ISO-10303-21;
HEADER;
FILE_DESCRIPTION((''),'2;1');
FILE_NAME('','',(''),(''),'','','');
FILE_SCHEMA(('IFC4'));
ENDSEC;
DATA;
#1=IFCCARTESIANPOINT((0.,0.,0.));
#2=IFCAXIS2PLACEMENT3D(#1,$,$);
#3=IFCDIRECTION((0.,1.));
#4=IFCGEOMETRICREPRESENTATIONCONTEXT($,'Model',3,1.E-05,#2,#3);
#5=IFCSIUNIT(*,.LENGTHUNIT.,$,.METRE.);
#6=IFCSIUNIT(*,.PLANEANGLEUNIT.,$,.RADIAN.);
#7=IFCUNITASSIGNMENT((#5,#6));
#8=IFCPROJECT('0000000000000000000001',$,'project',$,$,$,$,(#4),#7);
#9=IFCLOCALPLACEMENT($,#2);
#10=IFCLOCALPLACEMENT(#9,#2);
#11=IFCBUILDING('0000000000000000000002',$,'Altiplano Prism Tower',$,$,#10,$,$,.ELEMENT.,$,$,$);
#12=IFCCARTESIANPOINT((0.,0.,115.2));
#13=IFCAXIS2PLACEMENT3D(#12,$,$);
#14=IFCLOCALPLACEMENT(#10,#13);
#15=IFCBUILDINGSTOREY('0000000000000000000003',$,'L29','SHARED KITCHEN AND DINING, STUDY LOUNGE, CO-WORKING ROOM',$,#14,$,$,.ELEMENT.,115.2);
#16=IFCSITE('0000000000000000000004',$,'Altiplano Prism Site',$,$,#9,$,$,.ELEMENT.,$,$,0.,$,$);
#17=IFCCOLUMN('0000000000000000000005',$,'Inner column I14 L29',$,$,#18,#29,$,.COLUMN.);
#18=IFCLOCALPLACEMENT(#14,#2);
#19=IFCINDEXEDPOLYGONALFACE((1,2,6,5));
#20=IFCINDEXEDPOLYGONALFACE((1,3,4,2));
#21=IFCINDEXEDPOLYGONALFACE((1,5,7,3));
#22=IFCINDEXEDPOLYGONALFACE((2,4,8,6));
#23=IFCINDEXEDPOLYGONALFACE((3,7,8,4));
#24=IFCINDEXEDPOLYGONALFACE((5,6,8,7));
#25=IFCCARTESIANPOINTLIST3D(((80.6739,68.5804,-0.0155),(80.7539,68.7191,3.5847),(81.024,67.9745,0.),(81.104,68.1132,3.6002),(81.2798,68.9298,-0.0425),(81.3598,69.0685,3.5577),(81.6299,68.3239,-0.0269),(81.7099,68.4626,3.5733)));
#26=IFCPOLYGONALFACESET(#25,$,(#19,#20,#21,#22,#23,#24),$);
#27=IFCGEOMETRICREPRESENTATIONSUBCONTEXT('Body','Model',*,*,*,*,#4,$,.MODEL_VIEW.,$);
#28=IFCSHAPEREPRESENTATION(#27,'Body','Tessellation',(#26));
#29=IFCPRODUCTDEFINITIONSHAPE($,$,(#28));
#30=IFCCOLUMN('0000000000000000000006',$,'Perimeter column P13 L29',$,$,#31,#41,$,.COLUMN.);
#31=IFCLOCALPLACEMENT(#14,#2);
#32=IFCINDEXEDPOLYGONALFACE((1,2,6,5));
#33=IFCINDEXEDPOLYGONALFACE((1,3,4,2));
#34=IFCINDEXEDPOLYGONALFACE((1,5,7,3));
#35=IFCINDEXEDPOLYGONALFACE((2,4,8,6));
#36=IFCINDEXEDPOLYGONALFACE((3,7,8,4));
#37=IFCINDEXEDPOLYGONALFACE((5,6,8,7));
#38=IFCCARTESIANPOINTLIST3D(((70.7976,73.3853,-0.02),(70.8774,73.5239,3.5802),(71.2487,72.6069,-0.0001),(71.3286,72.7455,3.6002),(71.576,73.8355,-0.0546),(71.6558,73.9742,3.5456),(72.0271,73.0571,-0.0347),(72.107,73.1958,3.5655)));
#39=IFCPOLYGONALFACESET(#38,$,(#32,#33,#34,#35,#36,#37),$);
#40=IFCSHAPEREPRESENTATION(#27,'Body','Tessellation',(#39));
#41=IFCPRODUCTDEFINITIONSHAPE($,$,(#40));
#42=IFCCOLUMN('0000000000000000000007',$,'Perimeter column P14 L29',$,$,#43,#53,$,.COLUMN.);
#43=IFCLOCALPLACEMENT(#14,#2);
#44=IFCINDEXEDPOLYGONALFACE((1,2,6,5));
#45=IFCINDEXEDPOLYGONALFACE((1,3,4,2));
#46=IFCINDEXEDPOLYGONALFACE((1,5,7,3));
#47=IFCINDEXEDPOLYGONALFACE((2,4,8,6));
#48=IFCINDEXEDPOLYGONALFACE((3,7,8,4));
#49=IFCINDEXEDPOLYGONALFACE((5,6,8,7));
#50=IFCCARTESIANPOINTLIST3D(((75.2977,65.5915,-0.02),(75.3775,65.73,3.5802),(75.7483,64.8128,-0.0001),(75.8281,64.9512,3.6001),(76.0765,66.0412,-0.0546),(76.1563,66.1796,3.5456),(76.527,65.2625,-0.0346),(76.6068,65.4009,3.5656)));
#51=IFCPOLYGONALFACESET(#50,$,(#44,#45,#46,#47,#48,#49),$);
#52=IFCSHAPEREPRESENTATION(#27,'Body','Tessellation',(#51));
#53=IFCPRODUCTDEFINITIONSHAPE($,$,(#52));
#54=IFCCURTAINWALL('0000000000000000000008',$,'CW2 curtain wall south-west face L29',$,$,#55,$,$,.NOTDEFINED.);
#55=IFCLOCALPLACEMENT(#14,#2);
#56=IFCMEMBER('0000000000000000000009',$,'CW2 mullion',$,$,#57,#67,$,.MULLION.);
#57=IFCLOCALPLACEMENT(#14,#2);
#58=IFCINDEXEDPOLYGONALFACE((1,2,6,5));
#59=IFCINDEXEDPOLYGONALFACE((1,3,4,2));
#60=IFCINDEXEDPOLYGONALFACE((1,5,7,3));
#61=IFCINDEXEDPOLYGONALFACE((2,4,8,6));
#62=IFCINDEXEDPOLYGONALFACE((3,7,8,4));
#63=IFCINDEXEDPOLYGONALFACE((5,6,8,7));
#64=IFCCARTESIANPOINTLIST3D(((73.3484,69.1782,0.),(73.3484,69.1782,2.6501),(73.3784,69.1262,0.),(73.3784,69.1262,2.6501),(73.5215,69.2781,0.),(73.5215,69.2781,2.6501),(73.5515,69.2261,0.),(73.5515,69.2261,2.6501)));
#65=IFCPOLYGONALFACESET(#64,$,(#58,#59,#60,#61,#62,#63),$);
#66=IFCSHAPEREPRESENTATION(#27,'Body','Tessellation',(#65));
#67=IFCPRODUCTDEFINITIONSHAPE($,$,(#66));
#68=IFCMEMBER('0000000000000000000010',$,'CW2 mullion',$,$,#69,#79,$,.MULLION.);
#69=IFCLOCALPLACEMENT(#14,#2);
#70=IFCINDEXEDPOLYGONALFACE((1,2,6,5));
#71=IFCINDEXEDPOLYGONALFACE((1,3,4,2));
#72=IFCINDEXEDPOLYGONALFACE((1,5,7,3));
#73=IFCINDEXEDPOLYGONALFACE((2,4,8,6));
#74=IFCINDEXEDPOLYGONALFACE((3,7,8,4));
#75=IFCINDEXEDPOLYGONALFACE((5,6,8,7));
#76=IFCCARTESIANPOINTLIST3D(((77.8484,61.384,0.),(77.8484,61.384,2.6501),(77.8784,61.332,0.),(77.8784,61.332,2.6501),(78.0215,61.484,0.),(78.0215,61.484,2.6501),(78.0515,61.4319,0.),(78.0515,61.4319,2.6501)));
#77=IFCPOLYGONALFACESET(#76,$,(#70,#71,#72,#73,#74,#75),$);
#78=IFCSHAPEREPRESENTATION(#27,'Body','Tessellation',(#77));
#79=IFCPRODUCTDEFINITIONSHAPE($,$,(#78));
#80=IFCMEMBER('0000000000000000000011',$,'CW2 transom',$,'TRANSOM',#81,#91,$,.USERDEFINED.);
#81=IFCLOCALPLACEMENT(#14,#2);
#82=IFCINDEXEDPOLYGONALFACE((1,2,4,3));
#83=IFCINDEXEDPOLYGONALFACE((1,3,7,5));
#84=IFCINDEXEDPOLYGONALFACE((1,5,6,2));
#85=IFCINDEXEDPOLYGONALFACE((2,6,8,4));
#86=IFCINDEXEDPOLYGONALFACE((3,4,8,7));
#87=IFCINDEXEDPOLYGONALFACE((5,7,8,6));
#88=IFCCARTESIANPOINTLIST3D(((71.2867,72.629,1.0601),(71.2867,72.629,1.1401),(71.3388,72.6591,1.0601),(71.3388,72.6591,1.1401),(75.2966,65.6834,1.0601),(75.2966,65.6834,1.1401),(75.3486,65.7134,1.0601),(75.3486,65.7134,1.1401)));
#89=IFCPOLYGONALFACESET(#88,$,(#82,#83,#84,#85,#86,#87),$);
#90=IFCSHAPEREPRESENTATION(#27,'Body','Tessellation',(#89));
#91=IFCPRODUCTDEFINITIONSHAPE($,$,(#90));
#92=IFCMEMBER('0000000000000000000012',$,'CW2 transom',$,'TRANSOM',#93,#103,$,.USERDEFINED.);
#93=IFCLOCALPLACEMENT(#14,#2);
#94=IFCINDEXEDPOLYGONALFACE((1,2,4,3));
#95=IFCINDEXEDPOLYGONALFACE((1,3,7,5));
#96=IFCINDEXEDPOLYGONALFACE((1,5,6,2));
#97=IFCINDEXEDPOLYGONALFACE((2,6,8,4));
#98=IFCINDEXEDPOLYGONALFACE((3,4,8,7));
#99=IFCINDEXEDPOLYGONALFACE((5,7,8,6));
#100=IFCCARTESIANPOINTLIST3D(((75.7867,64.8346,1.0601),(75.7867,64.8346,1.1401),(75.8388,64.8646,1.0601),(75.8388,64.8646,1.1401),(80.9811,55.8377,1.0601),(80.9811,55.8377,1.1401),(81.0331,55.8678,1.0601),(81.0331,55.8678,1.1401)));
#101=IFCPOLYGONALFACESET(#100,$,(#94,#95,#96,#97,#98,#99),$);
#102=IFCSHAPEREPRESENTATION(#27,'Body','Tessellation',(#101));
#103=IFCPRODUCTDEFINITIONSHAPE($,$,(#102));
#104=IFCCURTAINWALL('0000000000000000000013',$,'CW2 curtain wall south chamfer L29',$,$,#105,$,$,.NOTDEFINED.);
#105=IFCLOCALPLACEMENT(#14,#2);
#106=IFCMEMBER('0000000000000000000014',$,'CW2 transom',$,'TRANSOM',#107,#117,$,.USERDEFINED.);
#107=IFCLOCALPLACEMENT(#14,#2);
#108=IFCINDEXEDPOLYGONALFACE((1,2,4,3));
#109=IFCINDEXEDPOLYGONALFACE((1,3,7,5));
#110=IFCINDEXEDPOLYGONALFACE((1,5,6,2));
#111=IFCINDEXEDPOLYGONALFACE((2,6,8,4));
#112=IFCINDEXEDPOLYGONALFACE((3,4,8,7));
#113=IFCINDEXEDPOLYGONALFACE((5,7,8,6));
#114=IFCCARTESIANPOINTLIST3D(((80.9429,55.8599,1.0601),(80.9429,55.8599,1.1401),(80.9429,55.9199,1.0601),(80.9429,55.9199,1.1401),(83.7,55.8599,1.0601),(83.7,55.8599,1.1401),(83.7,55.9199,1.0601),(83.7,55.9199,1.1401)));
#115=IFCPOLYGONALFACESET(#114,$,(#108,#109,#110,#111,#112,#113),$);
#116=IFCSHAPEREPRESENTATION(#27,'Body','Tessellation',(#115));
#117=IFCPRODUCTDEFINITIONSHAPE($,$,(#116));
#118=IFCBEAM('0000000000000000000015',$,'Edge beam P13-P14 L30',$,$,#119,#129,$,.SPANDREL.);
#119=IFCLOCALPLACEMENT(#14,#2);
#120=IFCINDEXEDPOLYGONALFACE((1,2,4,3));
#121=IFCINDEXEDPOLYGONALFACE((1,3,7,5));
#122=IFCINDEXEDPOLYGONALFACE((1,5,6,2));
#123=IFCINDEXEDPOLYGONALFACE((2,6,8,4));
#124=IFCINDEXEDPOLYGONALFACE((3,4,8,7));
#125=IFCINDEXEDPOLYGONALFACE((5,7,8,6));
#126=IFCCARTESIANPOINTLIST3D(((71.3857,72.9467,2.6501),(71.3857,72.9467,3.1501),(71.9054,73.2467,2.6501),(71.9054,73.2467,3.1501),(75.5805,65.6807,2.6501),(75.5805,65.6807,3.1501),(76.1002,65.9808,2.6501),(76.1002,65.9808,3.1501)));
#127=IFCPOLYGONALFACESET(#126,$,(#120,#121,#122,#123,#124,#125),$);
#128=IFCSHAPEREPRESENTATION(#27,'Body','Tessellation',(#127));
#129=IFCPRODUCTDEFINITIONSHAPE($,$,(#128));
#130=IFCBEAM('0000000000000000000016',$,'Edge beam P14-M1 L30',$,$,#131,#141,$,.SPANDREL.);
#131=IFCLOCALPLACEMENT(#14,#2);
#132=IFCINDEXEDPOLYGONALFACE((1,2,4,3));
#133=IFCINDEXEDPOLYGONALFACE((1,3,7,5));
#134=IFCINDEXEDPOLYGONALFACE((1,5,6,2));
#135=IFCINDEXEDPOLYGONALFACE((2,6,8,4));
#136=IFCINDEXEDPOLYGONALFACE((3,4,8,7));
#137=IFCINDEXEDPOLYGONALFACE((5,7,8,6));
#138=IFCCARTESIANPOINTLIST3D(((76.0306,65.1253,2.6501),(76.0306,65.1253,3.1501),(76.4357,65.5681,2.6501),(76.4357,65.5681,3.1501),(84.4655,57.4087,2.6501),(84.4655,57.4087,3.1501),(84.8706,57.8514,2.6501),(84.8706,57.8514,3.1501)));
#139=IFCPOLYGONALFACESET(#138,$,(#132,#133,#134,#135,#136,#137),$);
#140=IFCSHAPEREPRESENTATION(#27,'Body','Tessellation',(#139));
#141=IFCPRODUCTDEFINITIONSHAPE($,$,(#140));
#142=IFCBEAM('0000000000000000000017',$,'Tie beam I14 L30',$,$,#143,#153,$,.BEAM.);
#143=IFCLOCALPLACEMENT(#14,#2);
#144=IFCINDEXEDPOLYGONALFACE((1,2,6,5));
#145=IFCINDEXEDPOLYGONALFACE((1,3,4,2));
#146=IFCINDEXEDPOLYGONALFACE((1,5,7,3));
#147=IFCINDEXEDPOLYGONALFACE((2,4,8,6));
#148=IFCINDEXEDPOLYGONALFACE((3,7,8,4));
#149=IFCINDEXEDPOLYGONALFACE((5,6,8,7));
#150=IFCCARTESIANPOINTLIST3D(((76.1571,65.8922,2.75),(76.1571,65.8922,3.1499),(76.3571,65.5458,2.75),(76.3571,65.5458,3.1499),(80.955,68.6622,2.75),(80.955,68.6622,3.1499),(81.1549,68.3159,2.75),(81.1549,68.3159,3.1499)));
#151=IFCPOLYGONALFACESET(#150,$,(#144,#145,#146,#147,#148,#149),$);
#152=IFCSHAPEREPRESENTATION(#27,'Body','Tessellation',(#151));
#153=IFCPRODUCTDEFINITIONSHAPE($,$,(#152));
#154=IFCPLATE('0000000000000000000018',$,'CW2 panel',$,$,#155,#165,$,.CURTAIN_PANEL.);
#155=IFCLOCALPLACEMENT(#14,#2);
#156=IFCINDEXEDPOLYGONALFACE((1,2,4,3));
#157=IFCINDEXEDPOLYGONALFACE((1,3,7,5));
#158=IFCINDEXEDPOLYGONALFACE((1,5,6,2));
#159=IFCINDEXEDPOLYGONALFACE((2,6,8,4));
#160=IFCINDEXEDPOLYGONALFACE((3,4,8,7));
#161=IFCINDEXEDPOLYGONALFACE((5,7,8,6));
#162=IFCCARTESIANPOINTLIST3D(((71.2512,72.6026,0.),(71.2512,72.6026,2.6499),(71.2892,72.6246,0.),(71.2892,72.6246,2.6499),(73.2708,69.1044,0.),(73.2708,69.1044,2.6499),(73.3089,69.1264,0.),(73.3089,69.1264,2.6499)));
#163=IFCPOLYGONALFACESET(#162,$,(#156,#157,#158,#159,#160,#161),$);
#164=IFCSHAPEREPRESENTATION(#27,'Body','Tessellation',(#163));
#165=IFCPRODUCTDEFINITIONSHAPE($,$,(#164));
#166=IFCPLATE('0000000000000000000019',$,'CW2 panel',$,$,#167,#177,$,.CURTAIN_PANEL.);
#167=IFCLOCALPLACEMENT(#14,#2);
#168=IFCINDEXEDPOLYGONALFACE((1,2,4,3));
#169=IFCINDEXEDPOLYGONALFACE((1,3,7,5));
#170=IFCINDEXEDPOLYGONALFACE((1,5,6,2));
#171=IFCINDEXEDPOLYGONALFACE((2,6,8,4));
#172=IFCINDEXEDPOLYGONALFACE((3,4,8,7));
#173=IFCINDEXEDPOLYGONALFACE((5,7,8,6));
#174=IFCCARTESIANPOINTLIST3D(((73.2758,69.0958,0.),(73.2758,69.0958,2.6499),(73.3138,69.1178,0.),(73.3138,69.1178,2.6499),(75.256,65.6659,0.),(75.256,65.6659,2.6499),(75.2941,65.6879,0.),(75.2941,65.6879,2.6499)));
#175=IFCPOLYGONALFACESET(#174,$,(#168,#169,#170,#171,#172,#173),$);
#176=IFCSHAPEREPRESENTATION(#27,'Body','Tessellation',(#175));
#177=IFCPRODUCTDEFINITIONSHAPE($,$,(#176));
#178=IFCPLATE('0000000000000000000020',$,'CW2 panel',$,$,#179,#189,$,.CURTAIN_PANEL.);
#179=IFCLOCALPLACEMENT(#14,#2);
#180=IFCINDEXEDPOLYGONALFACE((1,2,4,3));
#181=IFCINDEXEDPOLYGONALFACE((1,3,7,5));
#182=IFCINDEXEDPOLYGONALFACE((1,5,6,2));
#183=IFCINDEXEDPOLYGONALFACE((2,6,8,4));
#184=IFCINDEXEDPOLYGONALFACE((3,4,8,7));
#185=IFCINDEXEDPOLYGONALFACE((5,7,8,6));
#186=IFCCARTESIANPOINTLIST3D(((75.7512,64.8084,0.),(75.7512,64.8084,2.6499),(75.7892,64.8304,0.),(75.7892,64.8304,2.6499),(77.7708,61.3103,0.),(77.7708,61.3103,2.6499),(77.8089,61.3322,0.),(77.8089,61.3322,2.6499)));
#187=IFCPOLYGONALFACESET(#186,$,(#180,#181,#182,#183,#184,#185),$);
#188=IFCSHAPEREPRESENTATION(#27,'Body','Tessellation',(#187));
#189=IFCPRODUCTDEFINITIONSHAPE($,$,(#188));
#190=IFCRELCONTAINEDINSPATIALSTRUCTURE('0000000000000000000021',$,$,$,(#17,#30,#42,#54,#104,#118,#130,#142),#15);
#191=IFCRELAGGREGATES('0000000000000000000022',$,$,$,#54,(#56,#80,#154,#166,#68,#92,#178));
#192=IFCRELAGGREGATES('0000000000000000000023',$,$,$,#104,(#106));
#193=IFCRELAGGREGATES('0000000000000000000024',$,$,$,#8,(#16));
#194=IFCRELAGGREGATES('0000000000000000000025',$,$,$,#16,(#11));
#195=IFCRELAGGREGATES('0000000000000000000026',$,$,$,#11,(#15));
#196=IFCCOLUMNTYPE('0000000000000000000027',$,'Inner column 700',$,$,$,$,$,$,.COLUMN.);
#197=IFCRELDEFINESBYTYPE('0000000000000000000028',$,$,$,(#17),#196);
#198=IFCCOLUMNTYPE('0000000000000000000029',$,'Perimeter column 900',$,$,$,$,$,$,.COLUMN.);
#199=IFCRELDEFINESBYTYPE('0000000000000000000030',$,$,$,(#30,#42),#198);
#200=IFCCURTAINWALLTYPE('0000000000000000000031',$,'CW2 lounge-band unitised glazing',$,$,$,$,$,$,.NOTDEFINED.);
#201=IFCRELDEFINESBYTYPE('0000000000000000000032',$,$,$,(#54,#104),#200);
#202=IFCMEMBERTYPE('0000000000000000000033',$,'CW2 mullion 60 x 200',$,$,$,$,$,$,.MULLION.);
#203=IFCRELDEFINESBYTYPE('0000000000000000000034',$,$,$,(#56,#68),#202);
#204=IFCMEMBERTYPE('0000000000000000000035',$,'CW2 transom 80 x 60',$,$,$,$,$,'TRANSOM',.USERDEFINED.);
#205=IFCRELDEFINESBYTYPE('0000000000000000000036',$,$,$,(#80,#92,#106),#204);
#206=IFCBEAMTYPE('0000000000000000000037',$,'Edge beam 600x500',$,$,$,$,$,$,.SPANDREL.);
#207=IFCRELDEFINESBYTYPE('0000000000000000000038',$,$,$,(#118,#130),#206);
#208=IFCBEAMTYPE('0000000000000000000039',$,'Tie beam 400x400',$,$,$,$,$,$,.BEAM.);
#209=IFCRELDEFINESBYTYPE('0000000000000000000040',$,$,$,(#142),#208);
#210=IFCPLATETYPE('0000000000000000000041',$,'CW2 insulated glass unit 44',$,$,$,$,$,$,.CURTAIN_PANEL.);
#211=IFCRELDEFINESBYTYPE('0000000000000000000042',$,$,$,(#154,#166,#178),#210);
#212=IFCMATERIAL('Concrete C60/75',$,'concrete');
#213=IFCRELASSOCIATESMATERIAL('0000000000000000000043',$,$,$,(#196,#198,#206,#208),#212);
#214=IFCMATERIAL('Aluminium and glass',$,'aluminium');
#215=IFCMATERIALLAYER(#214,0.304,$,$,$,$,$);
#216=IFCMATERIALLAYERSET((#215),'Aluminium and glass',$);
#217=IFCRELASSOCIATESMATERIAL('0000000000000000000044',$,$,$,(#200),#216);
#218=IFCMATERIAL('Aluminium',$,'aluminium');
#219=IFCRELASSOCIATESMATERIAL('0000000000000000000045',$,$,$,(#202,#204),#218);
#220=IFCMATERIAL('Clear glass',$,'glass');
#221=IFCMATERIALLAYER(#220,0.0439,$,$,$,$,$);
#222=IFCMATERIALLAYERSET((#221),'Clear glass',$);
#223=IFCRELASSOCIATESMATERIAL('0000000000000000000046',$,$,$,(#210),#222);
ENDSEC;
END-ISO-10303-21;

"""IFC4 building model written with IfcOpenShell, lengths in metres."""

from ifc_helpers import new_model, si_unit, direction, frame, origin, origin_2d, place, context, subcontext, project, spatial, rectangle, extrude, material, layer, layer_set, material_profile, profile_set, type_object, element, aggregate, save


model = new_model("IFC4")

# Units and contexts
model_context = context("Model", 3, precision=1e-05, world=origin(), true_north=direction((0.0, 1.0)))
body_context = subcontext(model_context, "Body", "Model", "MODEL_VIEW")
ifc_project = project(units=[si_unit("LENGTHUNIT", "METRE"), si_unit("PLANEANGLEUNIT", "RADIAN")], contexts=[model_context])

# Site, building, storey
site_placement = place(None, origin())
site = spatial("IfcSite", under=ifc_project, at=site_placement, Name="Altiplano Prism Site", CompositionType="ELEMENT", RefElevation=0.0)
building_placement = place(site_placement, origin())
building = spatial("IfcBuilding", under=site, at=building_placement, Name="Altiplano Prism Tower", CompositionType="ELEMENT")
storey_placement = place(building_placement, frame((0.0, 0.0, 115.2)))
storey = spatial("IfcBuildingStorey", under=building, at=storey_placement, Name="L29", Description="SHARED KITCHEN AND DINING, STUDY LOUNGE, CO-WORKING ROOM", CompositionType="ELEMENT", Elevation=115.2)

# Columns
ifc_material_1 = material(Name="Concrete C60/75", Category="concrete")
ifc_material_profile_1 = material_profile(ifc_material_1, rectangle(XDim=0.7, YDim=0.7, at=origin_2d()), Name="Inner column 700")
ifc_profile_set_1 = profile_set([ifc_material_profile_1], Name="Concrete C60/75")
column_type_1 = type_object("IfcColumnType", Name="Inner column 700", PredefinedType="COLUMN", material=ifc_profile_set_1)
column_placement = place(storey_placement, frame((81.1519, 68.4521, -0.0212), z_axis=(0.022221, 0.038481, 0.999012), x_axis=(-0.865639, -0.499187, 0.038483)))
element("IfcColumn", 1, at=column_placement, inside=storey, type_object=column_type_1, Name="Inner column I14 L29", PredefinedType="COLUMN", context=body_context, shape_type="SweptSolid", body=[
    extrude(rectangle(XDim=0.7, YDim=0.7, at=origin_2d()), origin(), (0.0, 0.0, 1.0), 3.6038),
])
ifc_material_profile_2 = material_profile(ifc_material_1, rectangle(XDim=0.8999, YDim=0.8999, at=origin_2d()), Name="Perimeter column 900")
ifc_profile_set_2 = profile_set([ifc_material_profile_2], Name="Concrete C60/75")
column_type_2 = type_object("IfcColumnType", Name="Perimeter column 900", PredefinedType="COLUMN", material=ifc_profile_set_2)
for number, where, z_axis, x_axis, name in (
    (2, (71.4124, 73.2212, -0.0273), (0.022154, 0.038481, 0.999014), (-0.86498, -0.500331, 0.038454), "Perimeter column P13 L29"),
    (3, (75.9124, 65.427, -0.0273), (0.022154, 0.038413, 0.999016), (-0.865362, -0.499674, 0.038403), "Perimeter column P14 L29"),
):
    element("IfcColumn", number, at=place(storey_placement, frame(where, z_axis=z_axis, x_axis=x_axis)), inside=storey, type_object=column_type_2, Name=name, PredefinedType="COLUMN", context=body_context, shape_type="SweptSolid", body=[
        extrude(rectangle(XDim=0.8999, YDim=0.8999, at=origin_2d()), origin(), (0.0, 0.0, 1.0), 3.6038),
    ])

# Curtain wall, members
ifc_material_2 = material(Name="Aluminium and glass", Category="aluminium")
ifc_layer_1 = layer(ifc_material_2, 0.304)
ifc_layer_set_1 = layer_set([ifc_layer_1], Name="Aluminium and glass")
curtain_wall_type = type_object("IfcCurtainWallType", Name="CW2 lounge-band unitised glazing", PredefinedType="NOTDEFINED", material=ifc_layer_set_1)
curtain_wall_1_placement = place(storey_placement, origin())
curtain_wall_1 = element("IfcCurtainWall", 4, at=curtain_wall_1_placement, inside=storey, type_object=curtain_wall_type, Name="CW2 curtain wall south-west face L29", PredefinedType="NOTDEFINED")
ifc_material_3 = material(Name="Aluminium", Category="aluminium")
ifc_material_profile_3 = material_profile(ifc_material_3, rectangle(XDim=0.2, YDim=0.0601, at=origin_2d()), Name="CW2 mullion 60 x 200")
ifc_profile_set_3 = profile_set([ifc_material_profile_3], Name="Aluminium")
member_type_1 = type_object("IfcMemberType", Name="CW2 mullion 60 x 200", PredefinedType="MULLION", material=ifc_profile_set_3)
member_1_placement = place(storey_placement, frame((73.45, 69.2021, 0.0), z_axis=(0.0, 0.0, 1.0), x_axis=(0.866025, 0.5, 0.0)))
member_1 = element("IfcMember", 5, at=member_1_placement, type_object=member_type_1, Name="CW2 mullion", PredefinedType="MULLION", context=body_context, shape_type="SweptSolid", body=[
    extrude(rectangle(XDim=0.2, YDim=0.0601, at=origin_2d()), origin(), (0.0, 0.0, 1.0), 2.6501),
])
member_2_placement = place(storey_placement, frame((77.95, 61.408, 0.0), z_axis=(0.0, 0.0, 1.0), x_axis=(0.866025, 0.5, 0.0)))
member_2 = element("IfcMember", 6, at=member_2_placement, type_object=member_type_1, Name="CW2 mullion", PredefinedType="MULLION", context=body_context, shape_type="SweptSolid", body=[
    extrude(rectangle(XDim=0.2, YDim=0.0601, at=origin_2d()), origin(), (0.0, 0.0, 1.0), 2.6501),
])
ifc_material_profile_4 = material_profile(ifc_material_3, rectangle(XDim=0.0601, YDim=0.0801, at=origin_2d()), Name="CW2 transom 80 x 60")
ifc_profile_set_4 = profile_set([ifc_material_profile_4], Name="Aluminium")
member_type_2 = type_object("IfcMemberType", Name="CW2 transom 80 x 60", ElementType="TRANSOM", PredefinedType="USERDEFINED", material=ifc_profile_set_4)
member_3_placement = place(storey_placement, frame((71.3127, 72.644, 1.1001), z_axis=(0.499976, -0.866039, 0.0), x_axis=(0.866039, 0.499976, 0.0)))
member_3 = element("IfcMember", 7, at=member_3_placement, type_object=member_type_2, Name="CW2 transom", ObjectType="TRANSOM", PredefinedType="USERDEFINED", context=body_context, shape_type="SweptSolid", body=[
    extrude(rectangle(XDim=0.0601, YDim=0.0801, at=origin_2d()), origin(), (0.0, 0.0, 1.0), 8.02),
])
member_4_placement = place(storey_placement, frame((75.8127, 64.8496, 1.1001), z_axis=(0.500001, -0.866025, 0.0), x_axis=(0.866025, 0.500001, 0.0)))
member_4 = element("IfcMember", 8, at=member_4_placement, type_object=member_type_2, Name="CW2 transom", ObjectType="TRANSOM", PredefinedType="USERDEFINED", context=body_context, shape_type="SweptSolid", body=[
    extrude(rectangle(XDim=0.0601, YDim=0.0801, at=origin_2d()), origin(), (0.0, 0.0, 1.0), 10.3887),
])

# Curtain wall, member
curtain_wall_2_placement = place(storey_placement, origin())
curtain_wall_2 = element("IfcCurtainWall", 9, at=curtain_wall_2_placement, inside=storey, type_object=curtain_wall_type, Name="CW2 curtain wall south chamfer L29", PredefinedType="NOTDEFINED")
member_5_placement = place(storey_placement, frame((80.9429, 55.8899, 1.1001), z_axis=(1.0, 0.0, 0.0), x_axis=(0.0, 1.0, 0.0)))
member_5 = element("IfcMember", 10, at=member_5_placement, type_object=member_type_2, Name="CW2 transom", ObjectType="TRANSOM", PredefinedType="USERDEFINED", context=body_context, shape_type="SweptSolid", body=[
    extrude(rectangle(XDim=0.0601, YDim=0.0801, at=origin_2d()), origin(), (0.0, 0.0, 1.0), 2.7571),
])

# Beams
ifc_material_profile_5 = material_profile(ifc_material_1, rectangle(XDim=0.6001, YDim=0.5, at=origin_2d()), Name="Edge beam 600x500")
ifc_profile_set_5 = profile_set([ifc_material_profile_5], Name="Concrete C60/75")
beam_type_1 = type_object("IfcBeamType", Name="Edge beam 600x500", PredefinedType="SPANDREL", material=ifc_profile_set_5)
beam_1_placement = place(storey_placement, frame((71.6455, 73.0967, 2.9001), z_axis=(0.499989, -0.866032, 0.0), x_axis=(0.866032, 0.499989, 0.0)))
element("IfcBeam", 11, at=beam_1_placement, inside=storey, type_object=beam_type_1, Name="Edge beam P13-P14 L30", PredefinedType="SPANDREL", context=body_context, shape_type="SweptSolid", body=[
    extrude(rectangle(XDim=0.6001, YDim=0.5, at=origin_2d()), origin(), (0.0, 0.0, 1.0), 8.3899),
])
beam_2_placement = place(storey_placement, frame((76.2332, 65.3467, 2.9001), z_axis=(0.737823, -0.674994, 0.0), x_axis=(0.674994, 0.737823, 0.0)))
element("IfcBeam", 12, at=beam_2_placement, inside=storey, type_object=beam_type_1, Name="Edge beam P14-M1 L30", PredefinedType="SPANDREL", context=body_context, shape_type="SweptSolid", body=[
    extrude(rectangle(XDim=0.6001, YDim=0.5, at=origin_2d()), origin(), (0.0, 0.0, 1.0), 11.4321),
])
ifc_material_profile_6 = material_profile(ifc_material_1, rectangle(XDim=0.3999, YDim=0.3999, at=origin_2d()), Name="Tie beam 400x400")
ifc_profile_set_6 = profile_set([ifc_material_profile_6], Name="Concrete C60/75")
beam_type_2 = type_object("IfcBeamType", Name="Tie beam 400x400", PredefinedType="BEAM", material=ifc_profile_set_6)
beam_3_placement = place(storey_placement, frame((81.0549, 68.489, 2.95), z_axis=(-0.866027, -0.499997, 0.0), x_axis=(0.499997, -0.866027, 0.0)))
element("IfcBeam", 13, at=beam_3_placement, inside=storey, type_object=beam_type_2, Name="Tie beam I14 L30", PredefinedType="BEAM", context=body_context, shape_type="SweptSolid", body=[
    extrude(rectangle(XDim=0.3999, YDim=0.3999, at=origin_2d()), origin(), (0.0, 0.0, 1.0), 5.54),
])

# Plates
ifc_material_4 = material(Name="Clear glass", Category="glass")
ifc_layer_2 = layer(ifc_material_4, 0.0439)
ifc_layer_set_2 = layer_set([ifc_layer_2], Name="Clear glass")
plate_type = type_object("IfcPlateType", Name="CW2 insulated glass unit 44", PredefinedType="CURTAIN_PANEL", material=ifc_layer_set_2)
plate_1_placement = place(storey_placement, frame((72.28, 70.8645, 0.0), z_axis=(0.0, 0.0, 1.0), x_axis=(0.5, -0.866025, 0.0)))
plate_1 = element("IfcPlate", 14, at=plate_1_placement, type_object=plate_type, Name="CW2 panel", PredefinedType="CURTAIN_PANEL", context=body_context, shape_type="SweptSolid", body=[
    extrude(rectangle(XDim=4.0393, YDim=0.0439, at=origin_2d()), origin(), (0.0, 0.0, 1.0), 2.6499),
])
plate_2_placement = place(storey_placement, frame((74.2849, 67.3918, 0.0), z_axis=(0.0, 0.0, 1.0), x_axis=(0.5, -0.866025, 0.0)))
plate_2 = element("IfcPlate", 15, at=plate_2_placement, type_object=plate_type, Name="CW2 panel", PredefinedType="CURTAIN_PANEL", context=body_context, shape_type="SweptSolid", body=[
    extrude(rectangle(XDim=3.9604, YDim=0.0439, at=origin_2d()), origin(), (0.0, 0.0, 1.0), 2.6499),
])
plate_3_placement = place(storey_placement, frame((76.78, 63.0703, 0.0), z_axis=(0.0, 0.0, 1.0), x_axis=(0.5, -0.866025, 0.0)))
plate_3 = element("IfcPlate", 16, at=plate_3_placement, type_object=plate_type, Name="CW2 panel", PredefinedType="CURTAIN_PANEL", context=body_context, shape_type="SweptSolid", body=[
    extrude(rectangle(XDim=4.0393, YDim=0.0439, at=origin_2d()), origin(), (0.0, 0.0, 1.0), 2.6499),
])
aggregate(curtain_wall_1, [member_1, member_3, plate_1, plate_2, member_2, member_4, plate_3])
aggregate(curtain_wall_2, [member_5])

save(model, "model.ifc")
